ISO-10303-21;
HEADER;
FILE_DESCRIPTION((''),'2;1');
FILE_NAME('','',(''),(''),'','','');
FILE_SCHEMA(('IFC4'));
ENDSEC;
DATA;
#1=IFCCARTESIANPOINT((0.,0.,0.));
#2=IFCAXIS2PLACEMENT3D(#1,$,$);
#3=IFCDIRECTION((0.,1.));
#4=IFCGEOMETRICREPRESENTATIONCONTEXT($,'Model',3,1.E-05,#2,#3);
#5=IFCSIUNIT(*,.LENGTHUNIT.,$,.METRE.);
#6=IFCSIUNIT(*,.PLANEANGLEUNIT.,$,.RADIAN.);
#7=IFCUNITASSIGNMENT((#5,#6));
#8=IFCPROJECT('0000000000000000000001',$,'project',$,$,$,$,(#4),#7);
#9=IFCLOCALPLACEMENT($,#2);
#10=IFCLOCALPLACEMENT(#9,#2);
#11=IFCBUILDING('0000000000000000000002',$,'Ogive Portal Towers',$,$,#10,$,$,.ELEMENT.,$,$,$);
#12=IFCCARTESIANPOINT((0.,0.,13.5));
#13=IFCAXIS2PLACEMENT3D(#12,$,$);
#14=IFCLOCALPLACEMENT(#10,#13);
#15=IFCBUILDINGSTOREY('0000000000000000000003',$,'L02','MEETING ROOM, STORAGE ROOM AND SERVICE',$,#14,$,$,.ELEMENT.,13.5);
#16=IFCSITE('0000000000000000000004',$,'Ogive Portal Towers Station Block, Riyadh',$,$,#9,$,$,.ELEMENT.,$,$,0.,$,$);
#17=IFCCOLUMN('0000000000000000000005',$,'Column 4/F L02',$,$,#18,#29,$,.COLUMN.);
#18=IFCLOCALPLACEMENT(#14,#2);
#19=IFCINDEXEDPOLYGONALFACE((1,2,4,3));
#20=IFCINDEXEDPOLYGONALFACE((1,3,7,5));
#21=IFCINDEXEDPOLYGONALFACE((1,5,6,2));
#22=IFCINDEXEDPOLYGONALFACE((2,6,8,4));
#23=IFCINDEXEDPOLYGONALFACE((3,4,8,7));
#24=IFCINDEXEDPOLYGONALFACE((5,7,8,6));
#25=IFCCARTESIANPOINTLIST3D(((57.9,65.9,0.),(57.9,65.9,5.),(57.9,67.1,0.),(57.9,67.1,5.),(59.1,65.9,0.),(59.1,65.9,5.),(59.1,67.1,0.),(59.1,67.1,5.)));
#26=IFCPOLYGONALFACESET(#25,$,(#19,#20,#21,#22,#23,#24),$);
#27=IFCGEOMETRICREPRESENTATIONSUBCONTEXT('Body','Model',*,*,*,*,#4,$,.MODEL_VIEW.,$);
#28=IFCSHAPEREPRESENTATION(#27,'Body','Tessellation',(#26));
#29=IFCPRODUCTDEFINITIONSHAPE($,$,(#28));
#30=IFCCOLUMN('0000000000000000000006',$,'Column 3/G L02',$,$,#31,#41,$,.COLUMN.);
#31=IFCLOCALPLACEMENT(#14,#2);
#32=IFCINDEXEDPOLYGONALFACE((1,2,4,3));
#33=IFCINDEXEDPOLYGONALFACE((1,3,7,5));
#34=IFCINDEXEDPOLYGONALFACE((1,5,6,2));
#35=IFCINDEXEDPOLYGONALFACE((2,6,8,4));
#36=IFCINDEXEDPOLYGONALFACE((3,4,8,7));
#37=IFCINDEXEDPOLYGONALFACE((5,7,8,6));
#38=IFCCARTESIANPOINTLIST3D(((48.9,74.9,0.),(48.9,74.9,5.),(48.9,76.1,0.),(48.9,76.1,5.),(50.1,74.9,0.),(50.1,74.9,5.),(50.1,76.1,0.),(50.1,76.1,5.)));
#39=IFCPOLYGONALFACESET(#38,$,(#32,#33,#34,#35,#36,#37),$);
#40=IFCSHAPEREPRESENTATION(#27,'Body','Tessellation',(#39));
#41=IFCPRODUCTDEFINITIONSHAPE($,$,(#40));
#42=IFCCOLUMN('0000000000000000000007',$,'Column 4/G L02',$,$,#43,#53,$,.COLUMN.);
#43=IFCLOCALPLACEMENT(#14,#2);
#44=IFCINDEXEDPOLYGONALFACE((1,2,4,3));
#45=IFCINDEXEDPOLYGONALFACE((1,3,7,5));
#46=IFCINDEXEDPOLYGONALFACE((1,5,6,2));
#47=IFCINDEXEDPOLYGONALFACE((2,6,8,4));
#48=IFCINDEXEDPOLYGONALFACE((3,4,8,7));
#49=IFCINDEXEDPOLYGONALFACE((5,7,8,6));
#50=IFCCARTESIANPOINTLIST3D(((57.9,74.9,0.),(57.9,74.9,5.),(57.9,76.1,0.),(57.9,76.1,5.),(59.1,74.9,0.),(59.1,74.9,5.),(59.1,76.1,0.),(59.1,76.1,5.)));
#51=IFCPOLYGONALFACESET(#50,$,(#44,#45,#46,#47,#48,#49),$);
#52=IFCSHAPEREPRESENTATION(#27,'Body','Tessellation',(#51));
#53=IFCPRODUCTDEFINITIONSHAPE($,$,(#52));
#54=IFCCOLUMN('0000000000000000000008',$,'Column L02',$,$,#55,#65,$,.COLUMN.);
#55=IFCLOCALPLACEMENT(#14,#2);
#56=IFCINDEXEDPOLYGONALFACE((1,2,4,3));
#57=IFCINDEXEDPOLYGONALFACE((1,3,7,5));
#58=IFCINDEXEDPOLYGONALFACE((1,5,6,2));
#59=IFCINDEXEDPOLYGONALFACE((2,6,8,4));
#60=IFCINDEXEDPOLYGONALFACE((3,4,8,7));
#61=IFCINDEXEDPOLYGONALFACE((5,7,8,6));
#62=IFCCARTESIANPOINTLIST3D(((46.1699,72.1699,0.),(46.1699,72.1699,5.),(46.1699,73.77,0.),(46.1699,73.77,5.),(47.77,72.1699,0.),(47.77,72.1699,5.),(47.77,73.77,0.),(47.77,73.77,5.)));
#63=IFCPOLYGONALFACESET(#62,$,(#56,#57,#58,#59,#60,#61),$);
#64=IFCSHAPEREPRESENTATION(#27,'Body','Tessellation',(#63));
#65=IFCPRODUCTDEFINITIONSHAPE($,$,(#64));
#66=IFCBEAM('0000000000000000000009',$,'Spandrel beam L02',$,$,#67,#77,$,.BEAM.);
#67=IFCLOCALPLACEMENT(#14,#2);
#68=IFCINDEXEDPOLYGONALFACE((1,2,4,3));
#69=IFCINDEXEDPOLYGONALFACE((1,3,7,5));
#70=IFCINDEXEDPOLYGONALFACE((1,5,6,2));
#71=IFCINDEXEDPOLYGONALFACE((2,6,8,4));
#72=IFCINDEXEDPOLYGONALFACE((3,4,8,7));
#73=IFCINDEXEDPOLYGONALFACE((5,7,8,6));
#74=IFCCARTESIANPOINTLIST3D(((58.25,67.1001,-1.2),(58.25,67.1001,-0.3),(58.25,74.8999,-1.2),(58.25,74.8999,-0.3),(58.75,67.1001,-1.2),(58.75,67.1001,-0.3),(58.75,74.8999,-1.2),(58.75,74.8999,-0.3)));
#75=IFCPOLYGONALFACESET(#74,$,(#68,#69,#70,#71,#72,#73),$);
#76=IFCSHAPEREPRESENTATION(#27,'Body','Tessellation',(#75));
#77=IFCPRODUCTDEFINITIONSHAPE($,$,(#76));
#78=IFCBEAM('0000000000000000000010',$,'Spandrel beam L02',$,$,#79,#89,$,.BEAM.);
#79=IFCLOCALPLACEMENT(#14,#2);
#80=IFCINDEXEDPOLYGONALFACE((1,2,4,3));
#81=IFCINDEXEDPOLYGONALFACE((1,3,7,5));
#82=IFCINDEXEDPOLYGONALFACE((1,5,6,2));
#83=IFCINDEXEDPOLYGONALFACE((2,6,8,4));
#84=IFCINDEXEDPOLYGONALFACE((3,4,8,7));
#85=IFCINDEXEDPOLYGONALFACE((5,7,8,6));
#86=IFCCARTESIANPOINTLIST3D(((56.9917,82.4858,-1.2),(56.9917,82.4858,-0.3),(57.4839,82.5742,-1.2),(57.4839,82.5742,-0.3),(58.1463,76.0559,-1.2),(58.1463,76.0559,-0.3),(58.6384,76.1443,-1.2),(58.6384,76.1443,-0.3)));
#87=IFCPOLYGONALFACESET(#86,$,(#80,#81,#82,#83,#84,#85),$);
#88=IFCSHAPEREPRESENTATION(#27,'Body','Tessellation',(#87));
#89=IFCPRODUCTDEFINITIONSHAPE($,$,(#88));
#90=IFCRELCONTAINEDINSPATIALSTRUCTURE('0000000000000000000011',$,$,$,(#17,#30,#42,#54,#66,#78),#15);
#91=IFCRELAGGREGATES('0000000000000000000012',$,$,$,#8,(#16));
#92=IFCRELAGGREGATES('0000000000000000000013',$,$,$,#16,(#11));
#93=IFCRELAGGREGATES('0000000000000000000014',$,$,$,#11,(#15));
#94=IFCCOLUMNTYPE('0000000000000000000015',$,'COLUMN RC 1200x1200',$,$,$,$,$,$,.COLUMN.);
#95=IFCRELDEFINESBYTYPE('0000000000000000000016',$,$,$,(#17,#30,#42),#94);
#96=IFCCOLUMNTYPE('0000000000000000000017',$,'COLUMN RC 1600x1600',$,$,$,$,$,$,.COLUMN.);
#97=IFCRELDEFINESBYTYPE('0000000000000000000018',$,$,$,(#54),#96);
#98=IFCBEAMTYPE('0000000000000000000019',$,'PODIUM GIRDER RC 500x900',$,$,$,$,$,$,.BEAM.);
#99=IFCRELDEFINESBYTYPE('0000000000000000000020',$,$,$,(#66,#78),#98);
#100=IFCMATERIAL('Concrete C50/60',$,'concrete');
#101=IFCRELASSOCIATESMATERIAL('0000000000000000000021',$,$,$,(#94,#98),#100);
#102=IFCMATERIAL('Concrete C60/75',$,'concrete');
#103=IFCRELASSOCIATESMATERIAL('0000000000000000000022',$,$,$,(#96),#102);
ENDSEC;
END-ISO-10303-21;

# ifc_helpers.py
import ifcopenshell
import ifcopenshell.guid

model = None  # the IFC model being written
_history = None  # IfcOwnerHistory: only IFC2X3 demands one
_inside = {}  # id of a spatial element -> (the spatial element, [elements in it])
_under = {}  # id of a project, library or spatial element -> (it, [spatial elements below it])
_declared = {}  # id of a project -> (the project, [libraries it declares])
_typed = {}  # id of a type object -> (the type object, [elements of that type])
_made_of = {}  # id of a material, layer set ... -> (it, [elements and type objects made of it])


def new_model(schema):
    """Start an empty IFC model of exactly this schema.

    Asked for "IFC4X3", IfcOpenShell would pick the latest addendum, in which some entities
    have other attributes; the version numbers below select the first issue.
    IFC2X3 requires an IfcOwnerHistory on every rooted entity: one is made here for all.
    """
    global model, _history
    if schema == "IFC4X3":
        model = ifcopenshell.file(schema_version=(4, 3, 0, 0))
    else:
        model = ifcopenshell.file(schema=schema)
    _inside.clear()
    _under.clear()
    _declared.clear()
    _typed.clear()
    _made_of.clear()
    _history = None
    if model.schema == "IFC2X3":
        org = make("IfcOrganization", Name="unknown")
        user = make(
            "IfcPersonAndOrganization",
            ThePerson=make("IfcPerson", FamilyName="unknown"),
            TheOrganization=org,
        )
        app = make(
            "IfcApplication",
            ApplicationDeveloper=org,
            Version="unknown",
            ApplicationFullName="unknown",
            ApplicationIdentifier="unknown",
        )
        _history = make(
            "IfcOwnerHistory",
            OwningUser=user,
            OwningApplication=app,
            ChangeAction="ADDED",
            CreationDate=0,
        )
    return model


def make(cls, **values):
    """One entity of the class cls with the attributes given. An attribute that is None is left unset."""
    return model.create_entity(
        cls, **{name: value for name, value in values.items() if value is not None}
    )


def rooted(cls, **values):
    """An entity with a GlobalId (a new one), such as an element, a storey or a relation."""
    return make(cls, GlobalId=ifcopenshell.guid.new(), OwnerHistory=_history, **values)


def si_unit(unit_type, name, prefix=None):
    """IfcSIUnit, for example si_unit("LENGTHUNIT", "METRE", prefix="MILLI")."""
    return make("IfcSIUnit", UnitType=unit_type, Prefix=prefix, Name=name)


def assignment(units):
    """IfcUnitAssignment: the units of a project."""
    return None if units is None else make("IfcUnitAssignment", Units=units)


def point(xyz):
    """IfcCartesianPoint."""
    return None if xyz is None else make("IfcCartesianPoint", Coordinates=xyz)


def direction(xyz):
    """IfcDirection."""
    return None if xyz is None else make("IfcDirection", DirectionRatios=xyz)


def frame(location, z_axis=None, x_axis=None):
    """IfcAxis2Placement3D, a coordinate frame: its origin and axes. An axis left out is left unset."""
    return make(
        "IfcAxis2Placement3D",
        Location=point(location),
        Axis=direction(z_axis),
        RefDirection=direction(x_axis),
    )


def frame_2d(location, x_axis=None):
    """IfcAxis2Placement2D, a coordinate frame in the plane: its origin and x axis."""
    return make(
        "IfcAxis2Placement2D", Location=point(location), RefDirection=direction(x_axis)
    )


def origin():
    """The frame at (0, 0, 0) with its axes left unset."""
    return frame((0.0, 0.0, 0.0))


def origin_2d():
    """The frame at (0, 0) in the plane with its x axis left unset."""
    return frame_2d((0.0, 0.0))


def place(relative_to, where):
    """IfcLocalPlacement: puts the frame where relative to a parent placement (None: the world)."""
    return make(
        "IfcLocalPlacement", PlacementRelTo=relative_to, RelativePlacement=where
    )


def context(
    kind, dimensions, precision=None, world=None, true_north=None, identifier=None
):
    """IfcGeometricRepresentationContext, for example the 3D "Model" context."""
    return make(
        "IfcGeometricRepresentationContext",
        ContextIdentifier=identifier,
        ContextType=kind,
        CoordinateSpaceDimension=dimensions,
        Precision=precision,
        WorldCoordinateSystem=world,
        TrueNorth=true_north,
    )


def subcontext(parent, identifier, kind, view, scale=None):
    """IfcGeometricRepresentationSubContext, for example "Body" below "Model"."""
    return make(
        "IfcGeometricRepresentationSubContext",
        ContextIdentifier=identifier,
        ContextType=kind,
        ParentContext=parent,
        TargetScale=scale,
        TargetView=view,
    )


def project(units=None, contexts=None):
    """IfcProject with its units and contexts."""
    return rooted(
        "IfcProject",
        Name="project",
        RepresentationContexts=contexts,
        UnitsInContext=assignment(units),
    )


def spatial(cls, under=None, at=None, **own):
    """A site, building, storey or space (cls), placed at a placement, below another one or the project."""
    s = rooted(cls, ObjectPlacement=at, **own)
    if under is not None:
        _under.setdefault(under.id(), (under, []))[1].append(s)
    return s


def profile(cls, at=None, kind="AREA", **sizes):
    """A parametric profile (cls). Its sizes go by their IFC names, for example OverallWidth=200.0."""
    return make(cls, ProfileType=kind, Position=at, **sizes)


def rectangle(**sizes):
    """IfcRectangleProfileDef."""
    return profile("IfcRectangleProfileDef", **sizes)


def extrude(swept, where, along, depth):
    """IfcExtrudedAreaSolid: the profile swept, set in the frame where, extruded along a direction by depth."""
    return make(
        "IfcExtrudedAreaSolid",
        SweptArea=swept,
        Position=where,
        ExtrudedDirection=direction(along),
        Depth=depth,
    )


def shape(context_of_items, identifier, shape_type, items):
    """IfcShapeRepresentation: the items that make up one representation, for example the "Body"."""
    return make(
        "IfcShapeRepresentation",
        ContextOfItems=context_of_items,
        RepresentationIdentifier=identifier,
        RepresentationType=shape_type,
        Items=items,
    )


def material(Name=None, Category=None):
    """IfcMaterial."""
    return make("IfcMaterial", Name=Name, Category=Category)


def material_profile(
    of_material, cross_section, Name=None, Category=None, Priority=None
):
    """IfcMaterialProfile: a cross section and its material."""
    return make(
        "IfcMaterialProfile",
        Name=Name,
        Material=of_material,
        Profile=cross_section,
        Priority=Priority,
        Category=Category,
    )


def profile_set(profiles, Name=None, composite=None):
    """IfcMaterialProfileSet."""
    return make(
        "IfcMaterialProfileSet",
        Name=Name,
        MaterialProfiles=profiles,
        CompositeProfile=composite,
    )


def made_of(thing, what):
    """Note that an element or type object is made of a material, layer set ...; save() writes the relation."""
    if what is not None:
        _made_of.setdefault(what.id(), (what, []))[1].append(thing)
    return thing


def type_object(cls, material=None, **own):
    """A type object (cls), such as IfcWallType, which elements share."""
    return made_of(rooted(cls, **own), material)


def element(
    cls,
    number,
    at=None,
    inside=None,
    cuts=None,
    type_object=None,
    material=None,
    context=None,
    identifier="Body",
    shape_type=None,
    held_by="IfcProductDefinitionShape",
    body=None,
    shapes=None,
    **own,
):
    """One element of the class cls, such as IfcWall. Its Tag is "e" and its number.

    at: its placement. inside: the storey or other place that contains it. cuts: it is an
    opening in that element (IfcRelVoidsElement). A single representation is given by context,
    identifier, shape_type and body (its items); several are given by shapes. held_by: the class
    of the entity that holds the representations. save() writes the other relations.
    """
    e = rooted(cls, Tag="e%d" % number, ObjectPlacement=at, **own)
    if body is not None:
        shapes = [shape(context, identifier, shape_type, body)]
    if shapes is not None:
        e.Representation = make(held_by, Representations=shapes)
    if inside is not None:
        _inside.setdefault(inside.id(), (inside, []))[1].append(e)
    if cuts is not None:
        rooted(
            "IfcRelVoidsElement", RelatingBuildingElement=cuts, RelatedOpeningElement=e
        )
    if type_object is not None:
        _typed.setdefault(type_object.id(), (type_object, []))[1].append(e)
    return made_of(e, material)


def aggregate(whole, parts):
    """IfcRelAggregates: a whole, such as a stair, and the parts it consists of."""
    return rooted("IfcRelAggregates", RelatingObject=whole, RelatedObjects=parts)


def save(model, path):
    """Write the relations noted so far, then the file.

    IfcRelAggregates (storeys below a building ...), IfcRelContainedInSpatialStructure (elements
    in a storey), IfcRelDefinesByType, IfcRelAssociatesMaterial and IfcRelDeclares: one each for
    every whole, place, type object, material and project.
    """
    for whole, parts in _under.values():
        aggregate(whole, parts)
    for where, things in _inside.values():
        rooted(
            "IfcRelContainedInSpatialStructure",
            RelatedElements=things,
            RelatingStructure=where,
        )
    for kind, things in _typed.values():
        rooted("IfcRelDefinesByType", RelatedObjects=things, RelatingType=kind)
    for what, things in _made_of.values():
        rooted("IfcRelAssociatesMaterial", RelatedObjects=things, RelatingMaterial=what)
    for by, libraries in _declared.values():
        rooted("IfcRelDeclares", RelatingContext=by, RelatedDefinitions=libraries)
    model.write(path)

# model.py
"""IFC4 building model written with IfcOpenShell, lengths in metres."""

from ifc_helpers import new_model, si_unit, direction, frame, origin, origin_2d, place, context, subcontext, project, spatial, rectangle, extrude, material, material_profile, profile_set, type_object, element, save


model = new_model("IFC4")

# Units and contexts
model_context = context("Model", 3, precision=1e-05, world=origin(), true_north=direction((0.0, 1.0)))
body_context = subcontext(model_context, "Body", "Model", "MODEL_VIEW")
ifc_project = project(units=[si_unit("LENGTHUNIT", "METRE"), si_unit("PLANEANGLEUNIT", "RADIAN")], contexts=[model_context])

# Site, building, storey
site_placement = place(None, origin())
site = spatial("IfcSite", under=ifc_project, at=site_placement, Name="Ogive Portal Towers Station Block, Riyadh", CompositionType="ELEMENT", RefElevation=0.0)
building_placement = place(site_placement, origin())
building = spatial("IfcBuilding", under=site, at=building_placement, Name="Ogive Portal Towers", CompositionType="ELEMENT")
storey_placement = place(building_placement, frame((0.0, 0.0, 13.5)))
storey = spatial("IfcBuildingStorey", under=building, at=storey_placement, Name="L02", Description="MEETING ROOM, STORAGE ROOM AND SERVICE", CompositionType="ELEMENT", Elevation=13.5)

# Columns
ifc_material_1 = material(Name="Concrete C50/60", Category="concrete")
ifc_material_profile_1 = material_profile(ifc_material_1, rectangle(XDim=1.2, YDim=1.2, at=origin_2d()), Name="RC 1200x1200")
ifc_profile_set_1 = profile_set([ifc_material_profile_1], Name="Concrete C50/60")
column_type_1 = type_object("IfcColumnType", Name="COLUMN RC 1200x1200", PredefinedType="COLUMN", material=ifc_profile_set_1)
for number, where, z_axis, x_axis, name in (
    (1, (58.5, 66.5, 0.0), (0.0, 0.0, 1.0), (1.0, 0.0, 0.0), "Column 4/F L02"),
    (2, (49.5, 75.5, 0.0), (0.0, 0.0, 1.0), (1.0, 0.0, 0.0), "Column 3/G L02"),
    (3, (58.5, 75.5, 0.0), (0.0, 0.0, 1.0), (1.0, 0.0, 0.0), "Column 4/G L02"),
):
    element("IfcColumn", number, at=place(storey_placement, frame(where, z_axis=z_axis, x_axis=x_axis)), inside=storey, type_object=column_type_1, Name=name, PredefinedType="COLUMN", context=body_context, shape_type="SweptSolid", body=[
        extrude(rectangle(XDim=1.2, YDim=1.2, at=origin_2d()), origin(), (0.0, 0.0, 1.0), 5.0),
    ])
ifc_material_2 = material(Name="Concrete C60/75", Category="concrete")
ifc_material_profile_2 = material_profile(ifc_material_2, rectangle(XDim=1.6001, YDim=1.6001, at=origin_2d()), Name="RC 1600x1600")
ifc_profile_set_2 = profile_set([ifc_material_profile_2], Name="Concrete C60/75")
column_type_2 = type_object("IfcColumnType", Name="COLUMN RC 1600x1600", PredefinedType="COLUMN", material=ifc_profile_set_2)
column_placement = place(storey_placement, frame((46.97, 72.97, 0.0), z_axis=(0.0, 0.0, 1.0), x_axis=(1.0, 0.0, 0.0)))
element("IfcColumn", 4, at=column_placement, inside=storey, type_object=column_type_2, Name="Column L02", PredefinedType="COLUMN", context=body_context, shape_type="SweptSolid", body=[
    extrude(rectangle(XDim=1.6001, YDim=1.6001, at=origin_2d()), origin(), (0.0, 0.0, 1.0), 5.0),
])

# Beams
ifc_material_profile_3 = material_profile(ifc_material_1, rectangle(XDim=0.5, YDim=0.8999, at=origin_2d()), Name="RC 500x900")
ifc_profile_set_3 = profile_set([ifc_material_profile_3], Name="Concrete C50/60")
beam_type = type_object("IfcBeamType", Name="PODIUM GIRDER RC 500x900", PredefinedType="BEAM", material=ifc_profile_set_3)
beam_1_placement = place(storey_placement, frame((58.5, 67.1001, -0.75), z_axis=(0.0, 1.0, 0.0), x_axis=(-1.0, 0.0, 0.0)))
element("IfcBeam", 5, at=beam_1_placement, inside=storey, type_object=beam_type, Name="Spandrel beam L02", PredefinedType="BEAM", context=body_context, shape_type="SweptSolid", body=[
    extrude(rectangle(XDim=0.5, YDim=0.8999, at=origin_2d()), origin(), (0.0, 0.0, 1.0), 7.7998),
])
beam_2_placement = place(storey_placement, frame((58.3923, 76.1001, -0.75), z_axis=(-0.176731, 0.984259, 0.0), x_axis=(-0.984259, -0.176731, 0.0)))
element("IfcBeam", 6, at=beam_2_placement, inside=storey, type_object=beam_type, Name="Spandrel beam L02", PredefinedType="BEAM", context=body_context, shape_type="SweptSolid", body=[
    extrude(rectangle(XDim=0.5, YDim=0.8999, at=origin_2d()), origin(), (0.0, 0.0, 1.0), 6.5327),
])

save(model, "model.ifc")
